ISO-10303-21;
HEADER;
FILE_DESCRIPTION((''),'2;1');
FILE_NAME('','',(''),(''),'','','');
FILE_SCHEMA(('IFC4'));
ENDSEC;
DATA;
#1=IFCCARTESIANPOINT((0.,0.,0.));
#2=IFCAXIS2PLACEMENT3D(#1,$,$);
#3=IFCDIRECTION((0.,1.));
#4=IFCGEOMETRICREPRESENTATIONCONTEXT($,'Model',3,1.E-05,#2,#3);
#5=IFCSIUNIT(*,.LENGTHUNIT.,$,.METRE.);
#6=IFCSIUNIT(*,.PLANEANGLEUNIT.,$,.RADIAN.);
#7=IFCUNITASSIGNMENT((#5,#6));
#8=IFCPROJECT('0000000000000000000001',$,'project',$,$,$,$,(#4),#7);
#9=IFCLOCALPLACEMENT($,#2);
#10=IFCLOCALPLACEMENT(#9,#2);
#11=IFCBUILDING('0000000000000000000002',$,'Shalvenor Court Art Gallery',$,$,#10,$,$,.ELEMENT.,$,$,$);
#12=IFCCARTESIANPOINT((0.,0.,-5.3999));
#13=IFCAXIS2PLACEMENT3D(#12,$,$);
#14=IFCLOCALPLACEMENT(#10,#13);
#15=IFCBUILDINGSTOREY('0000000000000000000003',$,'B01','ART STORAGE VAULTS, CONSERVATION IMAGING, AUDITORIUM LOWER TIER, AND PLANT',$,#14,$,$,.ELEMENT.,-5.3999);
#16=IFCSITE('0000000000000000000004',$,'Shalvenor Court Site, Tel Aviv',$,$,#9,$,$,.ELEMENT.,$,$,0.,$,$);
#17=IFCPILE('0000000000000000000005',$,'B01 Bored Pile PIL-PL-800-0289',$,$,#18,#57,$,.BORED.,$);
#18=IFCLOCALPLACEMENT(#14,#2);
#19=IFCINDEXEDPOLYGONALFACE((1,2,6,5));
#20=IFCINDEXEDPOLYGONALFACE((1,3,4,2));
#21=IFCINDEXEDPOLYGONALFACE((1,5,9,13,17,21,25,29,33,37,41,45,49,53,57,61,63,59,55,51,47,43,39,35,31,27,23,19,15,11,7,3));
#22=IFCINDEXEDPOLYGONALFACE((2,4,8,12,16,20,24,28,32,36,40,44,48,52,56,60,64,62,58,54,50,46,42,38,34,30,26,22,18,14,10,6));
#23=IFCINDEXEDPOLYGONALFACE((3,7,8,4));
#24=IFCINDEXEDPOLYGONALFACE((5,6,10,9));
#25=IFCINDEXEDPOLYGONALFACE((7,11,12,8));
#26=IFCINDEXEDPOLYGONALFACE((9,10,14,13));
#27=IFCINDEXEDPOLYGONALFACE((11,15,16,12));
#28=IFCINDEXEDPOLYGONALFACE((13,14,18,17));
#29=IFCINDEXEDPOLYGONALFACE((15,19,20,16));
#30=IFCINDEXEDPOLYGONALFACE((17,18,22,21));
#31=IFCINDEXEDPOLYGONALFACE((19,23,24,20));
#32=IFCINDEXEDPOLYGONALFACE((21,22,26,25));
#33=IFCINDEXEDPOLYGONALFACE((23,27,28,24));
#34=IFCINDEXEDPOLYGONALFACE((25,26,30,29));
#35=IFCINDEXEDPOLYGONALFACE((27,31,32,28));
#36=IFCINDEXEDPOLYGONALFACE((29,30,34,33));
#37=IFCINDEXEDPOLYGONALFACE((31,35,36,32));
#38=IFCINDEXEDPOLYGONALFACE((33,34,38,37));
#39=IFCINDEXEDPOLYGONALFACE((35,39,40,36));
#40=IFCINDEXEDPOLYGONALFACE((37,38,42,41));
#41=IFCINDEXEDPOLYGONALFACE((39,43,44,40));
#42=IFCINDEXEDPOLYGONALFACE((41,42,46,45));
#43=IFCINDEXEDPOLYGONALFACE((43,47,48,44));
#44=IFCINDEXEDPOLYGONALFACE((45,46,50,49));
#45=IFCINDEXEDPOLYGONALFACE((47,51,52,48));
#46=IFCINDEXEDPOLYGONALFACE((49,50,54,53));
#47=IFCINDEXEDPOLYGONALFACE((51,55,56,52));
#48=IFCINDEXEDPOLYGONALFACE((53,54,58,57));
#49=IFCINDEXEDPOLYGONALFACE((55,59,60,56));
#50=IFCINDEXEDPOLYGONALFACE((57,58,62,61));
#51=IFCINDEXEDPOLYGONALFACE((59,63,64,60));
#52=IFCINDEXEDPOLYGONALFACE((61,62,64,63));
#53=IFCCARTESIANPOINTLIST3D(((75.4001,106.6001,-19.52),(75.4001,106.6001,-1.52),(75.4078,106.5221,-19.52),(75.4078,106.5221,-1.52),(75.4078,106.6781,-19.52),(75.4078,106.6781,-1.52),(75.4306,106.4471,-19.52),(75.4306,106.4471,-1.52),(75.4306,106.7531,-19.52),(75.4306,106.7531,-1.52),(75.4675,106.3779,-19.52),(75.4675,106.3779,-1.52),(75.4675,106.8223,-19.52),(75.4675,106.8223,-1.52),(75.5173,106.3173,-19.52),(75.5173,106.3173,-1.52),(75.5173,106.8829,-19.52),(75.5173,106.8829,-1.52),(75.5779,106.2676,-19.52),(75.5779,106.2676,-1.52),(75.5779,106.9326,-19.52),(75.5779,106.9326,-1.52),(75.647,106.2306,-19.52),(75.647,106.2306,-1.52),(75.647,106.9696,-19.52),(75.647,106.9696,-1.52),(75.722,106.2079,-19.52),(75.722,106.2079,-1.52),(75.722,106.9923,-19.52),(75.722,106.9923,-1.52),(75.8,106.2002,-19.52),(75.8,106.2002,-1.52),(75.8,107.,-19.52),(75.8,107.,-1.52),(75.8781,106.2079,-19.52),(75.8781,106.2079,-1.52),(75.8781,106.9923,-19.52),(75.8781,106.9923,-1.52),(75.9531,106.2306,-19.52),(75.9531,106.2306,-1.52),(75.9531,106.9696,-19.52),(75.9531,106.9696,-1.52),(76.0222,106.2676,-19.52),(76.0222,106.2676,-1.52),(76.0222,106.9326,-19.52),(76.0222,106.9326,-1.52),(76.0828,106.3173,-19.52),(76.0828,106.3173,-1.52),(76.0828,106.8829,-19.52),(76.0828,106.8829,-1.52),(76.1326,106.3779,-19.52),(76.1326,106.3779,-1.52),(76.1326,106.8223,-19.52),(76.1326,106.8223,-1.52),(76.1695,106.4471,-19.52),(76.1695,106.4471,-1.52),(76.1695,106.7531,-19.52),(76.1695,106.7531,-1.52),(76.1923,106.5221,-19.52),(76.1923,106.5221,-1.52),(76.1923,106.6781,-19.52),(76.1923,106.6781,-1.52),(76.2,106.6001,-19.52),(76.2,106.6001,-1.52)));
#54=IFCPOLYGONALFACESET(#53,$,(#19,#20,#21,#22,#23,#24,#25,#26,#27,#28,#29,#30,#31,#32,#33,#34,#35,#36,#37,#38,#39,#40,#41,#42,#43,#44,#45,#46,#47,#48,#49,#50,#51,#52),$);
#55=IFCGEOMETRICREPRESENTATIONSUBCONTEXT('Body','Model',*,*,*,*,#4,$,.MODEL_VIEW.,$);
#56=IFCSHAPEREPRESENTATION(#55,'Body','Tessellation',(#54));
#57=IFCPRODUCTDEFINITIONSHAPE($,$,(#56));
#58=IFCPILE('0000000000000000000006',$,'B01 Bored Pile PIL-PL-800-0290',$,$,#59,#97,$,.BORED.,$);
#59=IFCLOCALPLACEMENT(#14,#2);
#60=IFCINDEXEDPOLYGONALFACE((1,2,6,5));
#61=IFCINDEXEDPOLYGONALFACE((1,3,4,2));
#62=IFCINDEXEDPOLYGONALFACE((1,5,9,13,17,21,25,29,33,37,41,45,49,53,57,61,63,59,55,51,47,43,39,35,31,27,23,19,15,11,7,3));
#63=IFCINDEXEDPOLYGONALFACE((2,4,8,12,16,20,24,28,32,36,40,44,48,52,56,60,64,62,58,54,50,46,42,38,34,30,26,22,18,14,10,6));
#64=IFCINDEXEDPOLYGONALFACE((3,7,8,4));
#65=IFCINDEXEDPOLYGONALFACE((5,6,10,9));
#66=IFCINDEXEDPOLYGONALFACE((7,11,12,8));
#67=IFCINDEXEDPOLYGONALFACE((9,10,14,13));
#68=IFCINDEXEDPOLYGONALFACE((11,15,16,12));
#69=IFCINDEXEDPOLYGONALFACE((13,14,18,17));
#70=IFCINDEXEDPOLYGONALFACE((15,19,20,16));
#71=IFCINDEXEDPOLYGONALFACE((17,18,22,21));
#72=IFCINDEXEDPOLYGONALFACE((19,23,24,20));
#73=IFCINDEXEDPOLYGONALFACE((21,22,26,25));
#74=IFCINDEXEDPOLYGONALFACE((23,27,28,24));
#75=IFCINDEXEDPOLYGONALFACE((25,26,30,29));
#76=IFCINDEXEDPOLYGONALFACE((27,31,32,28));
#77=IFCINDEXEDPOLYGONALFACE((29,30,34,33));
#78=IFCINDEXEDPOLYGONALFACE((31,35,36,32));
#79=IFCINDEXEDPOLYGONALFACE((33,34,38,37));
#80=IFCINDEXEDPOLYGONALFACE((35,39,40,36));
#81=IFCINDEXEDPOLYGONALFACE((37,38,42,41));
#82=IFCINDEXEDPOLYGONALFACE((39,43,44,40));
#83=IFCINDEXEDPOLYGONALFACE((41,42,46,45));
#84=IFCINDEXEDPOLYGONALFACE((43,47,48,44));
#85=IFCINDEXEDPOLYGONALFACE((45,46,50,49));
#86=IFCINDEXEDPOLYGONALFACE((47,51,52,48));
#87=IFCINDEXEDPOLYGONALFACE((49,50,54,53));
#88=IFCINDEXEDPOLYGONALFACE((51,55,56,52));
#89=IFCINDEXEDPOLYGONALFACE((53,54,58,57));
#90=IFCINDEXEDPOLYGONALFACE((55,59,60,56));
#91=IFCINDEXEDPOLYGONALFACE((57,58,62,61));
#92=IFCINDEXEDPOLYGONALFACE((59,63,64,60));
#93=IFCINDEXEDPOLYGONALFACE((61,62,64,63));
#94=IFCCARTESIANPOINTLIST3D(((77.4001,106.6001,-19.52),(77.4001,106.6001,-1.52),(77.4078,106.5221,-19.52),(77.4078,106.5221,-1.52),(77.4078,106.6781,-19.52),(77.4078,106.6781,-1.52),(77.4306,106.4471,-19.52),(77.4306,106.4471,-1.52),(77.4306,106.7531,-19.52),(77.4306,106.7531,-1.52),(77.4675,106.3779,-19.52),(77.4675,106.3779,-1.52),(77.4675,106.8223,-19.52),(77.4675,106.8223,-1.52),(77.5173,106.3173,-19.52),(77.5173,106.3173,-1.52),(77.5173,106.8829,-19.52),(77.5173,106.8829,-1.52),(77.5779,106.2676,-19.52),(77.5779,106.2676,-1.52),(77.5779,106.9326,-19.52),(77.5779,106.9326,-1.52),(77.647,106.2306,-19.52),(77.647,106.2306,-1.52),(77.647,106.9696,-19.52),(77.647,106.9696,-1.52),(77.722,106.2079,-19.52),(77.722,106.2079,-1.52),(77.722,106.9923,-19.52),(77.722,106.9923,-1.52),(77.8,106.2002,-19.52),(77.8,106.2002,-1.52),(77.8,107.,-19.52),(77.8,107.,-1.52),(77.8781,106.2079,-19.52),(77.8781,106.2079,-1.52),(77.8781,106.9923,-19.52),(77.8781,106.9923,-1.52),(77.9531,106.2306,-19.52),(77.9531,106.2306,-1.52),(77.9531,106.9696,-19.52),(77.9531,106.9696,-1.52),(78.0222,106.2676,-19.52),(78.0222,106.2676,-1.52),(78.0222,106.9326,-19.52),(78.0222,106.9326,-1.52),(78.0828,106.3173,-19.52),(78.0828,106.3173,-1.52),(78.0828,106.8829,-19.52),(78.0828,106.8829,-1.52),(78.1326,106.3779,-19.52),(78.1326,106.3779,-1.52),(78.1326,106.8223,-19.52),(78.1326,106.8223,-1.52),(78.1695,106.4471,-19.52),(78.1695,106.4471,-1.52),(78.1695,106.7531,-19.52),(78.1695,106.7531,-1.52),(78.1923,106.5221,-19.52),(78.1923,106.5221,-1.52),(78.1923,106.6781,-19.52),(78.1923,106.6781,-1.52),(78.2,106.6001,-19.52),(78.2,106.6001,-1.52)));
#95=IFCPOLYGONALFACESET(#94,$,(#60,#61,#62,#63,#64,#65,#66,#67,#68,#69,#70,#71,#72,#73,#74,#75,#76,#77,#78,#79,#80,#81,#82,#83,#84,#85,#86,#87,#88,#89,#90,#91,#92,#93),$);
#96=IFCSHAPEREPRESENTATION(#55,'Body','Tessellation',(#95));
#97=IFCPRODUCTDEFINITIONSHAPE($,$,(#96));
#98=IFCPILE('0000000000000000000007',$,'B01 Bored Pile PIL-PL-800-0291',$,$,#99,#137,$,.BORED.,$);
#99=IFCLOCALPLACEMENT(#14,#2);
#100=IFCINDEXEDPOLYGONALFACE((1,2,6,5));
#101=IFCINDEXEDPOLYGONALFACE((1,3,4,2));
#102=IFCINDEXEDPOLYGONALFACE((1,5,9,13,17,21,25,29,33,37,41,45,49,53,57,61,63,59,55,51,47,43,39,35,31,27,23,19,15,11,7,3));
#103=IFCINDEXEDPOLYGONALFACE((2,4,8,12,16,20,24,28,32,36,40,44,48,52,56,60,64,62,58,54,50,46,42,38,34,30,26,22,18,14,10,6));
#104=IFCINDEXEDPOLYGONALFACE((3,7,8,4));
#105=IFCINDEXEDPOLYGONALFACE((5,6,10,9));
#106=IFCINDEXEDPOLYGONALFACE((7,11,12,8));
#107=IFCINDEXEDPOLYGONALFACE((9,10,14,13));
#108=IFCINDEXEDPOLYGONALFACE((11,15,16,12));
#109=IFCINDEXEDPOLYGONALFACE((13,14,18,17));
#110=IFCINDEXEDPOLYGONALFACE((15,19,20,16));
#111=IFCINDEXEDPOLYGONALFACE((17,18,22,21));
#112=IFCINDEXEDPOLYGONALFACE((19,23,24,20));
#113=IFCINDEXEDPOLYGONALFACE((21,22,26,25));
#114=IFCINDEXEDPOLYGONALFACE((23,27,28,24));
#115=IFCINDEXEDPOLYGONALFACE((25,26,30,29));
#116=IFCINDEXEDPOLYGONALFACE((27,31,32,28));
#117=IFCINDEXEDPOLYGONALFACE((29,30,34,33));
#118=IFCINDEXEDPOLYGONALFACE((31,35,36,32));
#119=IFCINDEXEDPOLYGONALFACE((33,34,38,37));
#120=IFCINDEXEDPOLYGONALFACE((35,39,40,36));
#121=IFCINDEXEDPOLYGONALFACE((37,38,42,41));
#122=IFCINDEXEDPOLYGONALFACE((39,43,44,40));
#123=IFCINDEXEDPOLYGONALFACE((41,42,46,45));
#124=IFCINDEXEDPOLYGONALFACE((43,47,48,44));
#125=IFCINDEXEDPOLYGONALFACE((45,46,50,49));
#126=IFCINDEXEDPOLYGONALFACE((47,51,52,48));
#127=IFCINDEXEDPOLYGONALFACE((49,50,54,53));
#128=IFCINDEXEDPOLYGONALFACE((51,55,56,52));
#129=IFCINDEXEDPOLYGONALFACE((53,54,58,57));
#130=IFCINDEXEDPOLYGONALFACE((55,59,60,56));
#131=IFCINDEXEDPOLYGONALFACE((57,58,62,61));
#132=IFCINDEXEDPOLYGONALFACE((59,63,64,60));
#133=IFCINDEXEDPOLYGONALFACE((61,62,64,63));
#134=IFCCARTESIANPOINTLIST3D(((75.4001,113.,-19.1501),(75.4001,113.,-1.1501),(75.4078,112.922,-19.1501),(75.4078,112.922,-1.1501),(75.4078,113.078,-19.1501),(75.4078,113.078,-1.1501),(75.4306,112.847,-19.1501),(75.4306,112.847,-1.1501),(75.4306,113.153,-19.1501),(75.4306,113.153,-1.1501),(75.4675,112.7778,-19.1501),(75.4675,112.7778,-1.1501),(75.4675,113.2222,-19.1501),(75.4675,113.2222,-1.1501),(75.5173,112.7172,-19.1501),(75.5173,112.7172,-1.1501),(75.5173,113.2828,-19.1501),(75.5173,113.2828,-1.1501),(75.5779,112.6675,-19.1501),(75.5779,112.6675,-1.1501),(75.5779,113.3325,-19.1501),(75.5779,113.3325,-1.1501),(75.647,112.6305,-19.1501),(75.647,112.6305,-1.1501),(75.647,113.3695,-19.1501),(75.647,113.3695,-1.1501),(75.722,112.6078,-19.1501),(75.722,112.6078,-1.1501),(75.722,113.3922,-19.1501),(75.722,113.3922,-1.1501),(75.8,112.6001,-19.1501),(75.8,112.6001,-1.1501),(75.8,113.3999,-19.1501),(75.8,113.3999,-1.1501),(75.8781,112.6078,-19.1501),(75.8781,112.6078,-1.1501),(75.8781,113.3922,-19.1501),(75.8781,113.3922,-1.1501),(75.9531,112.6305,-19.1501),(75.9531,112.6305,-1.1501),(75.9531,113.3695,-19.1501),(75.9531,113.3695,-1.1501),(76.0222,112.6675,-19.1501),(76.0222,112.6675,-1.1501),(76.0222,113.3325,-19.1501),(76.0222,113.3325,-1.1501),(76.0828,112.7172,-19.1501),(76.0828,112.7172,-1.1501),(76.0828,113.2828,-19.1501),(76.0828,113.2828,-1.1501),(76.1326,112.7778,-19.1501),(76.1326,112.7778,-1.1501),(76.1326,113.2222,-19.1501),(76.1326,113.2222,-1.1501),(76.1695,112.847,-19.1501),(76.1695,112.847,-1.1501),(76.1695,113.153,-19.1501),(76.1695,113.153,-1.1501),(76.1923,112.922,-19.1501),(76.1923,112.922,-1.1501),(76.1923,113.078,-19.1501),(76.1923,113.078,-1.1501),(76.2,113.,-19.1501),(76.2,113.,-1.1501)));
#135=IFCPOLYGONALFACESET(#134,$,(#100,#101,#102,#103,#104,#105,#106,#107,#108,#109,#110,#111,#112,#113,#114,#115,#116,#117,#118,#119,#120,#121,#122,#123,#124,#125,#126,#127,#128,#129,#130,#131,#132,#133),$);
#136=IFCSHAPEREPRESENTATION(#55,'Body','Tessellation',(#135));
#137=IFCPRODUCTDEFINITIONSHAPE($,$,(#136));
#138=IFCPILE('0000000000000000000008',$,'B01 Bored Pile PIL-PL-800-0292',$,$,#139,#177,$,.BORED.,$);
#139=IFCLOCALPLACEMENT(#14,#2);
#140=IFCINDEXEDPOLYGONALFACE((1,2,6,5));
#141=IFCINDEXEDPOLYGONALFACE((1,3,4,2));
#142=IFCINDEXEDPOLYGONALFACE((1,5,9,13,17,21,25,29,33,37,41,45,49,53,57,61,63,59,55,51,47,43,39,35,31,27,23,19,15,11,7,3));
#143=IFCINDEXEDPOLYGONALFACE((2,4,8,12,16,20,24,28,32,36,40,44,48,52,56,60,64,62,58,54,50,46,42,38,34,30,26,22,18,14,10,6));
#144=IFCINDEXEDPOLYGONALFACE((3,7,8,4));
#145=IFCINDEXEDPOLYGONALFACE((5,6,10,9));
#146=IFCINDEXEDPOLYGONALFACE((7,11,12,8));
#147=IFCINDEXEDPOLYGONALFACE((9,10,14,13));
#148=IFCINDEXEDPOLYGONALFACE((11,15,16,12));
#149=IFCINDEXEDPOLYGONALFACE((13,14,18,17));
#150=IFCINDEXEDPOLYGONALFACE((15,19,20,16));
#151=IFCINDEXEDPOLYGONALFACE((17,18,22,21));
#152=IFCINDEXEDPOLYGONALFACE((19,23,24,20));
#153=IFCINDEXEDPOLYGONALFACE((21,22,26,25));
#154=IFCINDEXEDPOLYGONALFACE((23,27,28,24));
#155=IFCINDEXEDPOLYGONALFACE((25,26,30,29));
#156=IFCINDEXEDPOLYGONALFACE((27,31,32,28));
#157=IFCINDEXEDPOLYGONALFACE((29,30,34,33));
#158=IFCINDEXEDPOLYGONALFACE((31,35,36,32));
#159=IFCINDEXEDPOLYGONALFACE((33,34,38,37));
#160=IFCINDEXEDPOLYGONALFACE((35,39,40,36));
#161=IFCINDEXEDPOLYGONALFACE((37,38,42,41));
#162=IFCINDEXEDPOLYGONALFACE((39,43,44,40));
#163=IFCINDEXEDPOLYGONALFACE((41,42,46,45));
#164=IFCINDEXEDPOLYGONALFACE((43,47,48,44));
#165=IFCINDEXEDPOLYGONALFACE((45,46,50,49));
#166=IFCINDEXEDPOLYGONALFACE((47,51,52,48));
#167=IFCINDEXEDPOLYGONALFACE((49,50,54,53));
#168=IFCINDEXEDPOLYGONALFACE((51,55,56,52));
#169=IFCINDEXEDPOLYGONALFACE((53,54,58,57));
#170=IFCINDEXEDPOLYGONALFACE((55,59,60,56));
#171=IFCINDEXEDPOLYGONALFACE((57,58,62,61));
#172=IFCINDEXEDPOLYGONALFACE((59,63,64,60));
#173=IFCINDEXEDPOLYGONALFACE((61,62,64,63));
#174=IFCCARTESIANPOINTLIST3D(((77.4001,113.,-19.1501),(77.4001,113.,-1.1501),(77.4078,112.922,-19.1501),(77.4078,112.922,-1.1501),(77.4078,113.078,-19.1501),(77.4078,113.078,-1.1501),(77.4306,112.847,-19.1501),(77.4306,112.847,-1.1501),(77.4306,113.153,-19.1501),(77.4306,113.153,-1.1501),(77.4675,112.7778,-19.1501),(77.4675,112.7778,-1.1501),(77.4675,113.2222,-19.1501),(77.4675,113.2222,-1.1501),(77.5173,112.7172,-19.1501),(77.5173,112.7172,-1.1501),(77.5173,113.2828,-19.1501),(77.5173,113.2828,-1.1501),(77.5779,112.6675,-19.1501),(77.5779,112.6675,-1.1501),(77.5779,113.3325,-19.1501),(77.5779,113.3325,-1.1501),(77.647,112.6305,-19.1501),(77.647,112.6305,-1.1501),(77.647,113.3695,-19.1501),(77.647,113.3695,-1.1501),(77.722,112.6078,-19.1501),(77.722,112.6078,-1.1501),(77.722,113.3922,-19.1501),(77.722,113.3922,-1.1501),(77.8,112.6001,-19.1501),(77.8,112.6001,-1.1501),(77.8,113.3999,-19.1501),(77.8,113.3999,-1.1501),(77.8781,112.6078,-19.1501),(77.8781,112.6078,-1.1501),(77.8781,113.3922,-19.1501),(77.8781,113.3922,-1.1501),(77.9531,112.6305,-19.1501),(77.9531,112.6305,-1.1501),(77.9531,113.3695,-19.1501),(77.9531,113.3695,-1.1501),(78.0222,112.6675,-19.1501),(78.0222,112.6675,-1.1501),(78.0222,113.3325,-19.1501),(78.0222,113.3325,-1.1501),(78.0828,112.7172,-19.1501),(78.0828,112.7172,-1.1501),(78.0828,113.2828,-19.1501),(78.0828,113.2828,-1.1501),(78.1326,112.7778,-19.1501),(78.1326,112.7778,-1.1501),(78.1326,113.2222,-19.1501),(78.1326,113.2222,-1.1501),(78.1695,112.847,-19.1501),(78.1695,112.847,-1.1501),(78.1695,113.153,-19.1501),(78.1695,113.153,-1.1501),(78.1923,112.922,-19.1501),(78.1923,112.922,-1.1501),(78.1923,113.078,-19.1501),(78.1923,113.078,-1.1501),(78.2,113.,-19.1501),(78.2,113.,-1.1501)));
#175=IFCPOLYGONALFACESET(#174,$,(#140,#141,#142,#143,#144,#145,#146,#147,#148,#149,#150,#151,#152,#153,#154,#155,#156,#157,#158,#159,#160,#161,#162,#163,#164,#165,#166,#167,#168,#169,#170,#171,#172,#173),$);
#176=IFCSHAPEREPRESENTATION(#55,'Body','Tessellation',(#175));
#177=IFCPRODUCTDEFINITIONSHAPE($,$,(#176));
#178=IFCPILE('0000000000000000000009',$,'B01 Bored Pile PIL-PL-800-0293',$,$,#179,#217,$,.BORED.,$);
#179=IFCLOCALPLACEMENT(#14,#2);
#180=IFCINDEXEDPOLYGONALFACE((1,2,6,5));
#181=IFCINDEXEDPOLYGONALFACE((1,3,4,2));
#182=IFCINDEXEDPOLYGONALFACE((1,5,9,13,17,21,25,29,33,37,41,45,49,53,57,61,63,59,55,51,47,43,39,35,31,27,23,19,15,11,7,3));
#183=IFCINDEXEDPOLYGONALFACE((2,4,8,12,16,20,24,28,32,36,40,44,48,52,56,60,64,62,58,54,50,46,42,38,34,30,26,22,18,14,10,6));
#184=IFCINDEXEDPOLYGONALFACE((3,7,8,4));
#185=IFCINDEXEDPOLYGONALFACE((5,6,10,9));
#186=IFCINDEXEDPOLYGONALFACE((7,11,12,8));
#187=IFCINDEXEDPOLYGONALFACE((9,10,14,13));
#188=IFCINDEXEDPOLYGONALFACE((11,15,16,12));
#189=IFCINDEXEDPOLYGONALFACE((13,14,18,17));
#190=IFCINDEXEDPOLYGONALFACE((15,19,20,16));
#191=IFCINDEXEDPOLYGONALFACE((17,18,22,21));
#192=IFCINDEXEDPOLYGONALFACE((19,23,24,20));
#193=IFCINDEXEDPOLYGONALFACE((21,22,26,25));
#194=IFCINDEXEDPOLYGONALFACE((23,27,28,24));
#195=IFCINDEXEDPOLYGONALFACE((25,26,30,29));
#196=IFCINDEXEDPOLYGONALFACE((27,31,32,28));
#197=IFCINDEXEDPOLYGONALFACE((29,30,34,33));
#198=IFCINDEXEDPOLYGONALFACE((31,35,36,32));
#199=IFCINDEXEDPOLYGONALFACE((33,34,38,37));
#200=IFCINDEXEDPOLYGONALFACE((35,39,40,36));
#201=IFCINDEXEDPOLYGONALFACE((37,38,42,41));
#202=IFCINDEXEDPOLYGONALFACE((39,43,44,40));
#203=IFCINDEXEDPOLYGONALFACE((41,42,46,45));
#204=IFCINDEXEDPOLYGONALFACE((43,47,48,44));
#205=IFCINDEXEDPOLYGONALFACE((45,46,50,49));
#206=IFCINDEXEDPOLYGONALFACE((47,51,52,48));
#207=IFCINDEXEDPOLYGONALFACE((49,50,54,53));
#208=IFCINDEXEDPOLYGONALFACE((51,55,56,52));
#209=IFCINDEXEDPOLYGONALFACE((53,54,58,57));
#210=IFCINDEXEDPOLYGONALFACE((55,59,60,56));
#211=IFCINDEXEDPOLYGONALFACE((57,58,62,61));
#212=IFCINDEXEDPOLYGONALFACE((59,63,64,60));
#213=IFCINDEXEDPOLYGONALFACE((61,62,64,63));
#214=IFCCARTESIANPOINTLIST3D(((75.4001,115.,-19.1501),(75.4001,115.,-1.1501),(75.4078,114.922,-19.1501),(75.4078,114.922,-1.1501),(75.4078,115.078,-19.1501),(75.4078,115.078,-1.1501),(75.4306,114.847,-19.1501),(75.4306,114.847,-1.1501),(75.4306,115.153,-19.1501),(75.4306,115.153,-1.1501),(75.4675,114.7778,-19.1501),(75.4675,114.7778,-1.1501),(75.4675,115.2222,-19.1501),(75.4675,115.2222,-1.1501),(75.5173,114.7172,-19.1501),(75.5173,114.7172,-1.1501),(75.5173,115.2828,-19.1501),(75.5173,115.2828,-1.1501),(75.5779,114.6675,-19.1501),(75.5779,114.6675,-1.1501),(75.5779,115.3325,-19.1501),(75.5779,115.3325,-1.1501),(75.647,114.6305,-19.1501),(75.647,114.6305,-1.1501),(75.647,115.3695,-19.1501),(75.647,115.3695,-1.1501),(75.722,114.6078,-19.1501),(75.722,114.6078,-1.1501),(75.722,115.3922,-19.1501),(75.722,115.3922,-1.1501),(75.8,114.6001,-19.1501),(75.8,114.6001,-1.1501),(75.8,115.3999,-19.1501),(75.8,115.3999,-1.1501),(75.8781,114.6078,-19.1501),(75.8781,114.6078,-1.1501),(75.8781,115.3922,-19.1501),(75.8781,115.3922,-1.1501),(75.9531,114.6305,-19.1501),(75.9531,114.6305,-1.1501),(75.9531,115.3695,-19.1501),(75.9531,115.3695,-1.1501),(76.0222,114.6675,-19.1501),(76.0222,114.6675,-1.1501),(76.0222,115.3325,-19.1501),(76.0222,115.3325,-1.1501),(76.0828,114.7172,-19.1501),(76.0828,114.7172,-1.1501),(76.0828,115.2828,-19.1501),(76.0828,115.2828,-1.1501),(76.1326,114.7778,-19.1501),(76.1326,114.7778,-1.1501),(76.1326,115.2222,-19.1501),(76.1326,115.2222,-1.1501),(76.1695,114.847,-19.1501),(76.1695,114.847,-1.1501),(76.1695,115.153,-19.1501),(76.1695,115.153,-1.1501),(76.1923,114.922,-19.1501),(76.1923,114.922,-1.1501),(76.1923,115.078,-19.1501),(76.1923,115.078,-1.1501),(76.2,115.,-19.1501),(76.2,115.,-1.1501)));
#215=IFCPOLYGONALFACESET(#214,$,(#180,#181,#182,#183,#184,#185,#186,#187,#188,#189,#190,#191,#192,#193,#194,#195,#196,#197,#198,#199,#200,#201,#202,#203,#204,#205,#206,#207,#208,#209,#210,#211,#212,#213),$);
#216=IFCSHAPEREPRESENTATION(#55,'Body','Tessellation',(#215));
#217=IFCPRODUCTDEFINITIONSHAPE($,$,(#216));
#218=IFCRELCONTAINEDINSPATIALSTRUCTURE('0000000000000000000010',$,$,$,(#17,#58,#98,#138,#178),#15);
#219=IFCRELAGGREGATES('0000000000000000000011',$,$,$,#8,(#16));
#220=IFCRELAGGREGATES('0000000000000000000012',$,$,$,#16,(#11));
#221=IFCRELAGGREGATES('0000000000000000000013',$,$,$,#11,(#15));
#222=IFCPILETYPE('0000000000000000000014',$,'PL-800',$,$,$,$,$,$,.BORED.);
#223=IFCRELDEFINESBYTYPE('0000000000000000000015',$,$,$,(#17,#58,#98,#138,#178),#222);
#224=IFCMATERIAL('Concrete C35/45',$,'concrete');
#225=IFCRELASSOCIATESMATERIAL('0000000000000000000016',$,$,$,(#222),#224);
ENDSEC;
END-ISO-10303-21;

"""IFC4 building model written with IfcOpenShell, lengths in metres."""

from ifc_helpers import new_model, si_unit, direction, frame, origin, origin_2d, place, context, subcontext, project, spatial, circle, extrude, material, material_profile, profile_set, type_object, element, save


model = new_model("IFC4")

# Units and contexts
model_context = context("Model", 3, precision=1e-05, world=origin(), true_north=direction((0.0, 1.0)))
body_context = subcontext(model_context, "Body", "Model", "MODEL_VIEW")
ifc_project = project(units=[si_unit("LENGTHUNIT", "METRE"), si_unit("PLANEANGLEUNIT", "RADIAN")], contexts=[model_context])

# Site, building, storey
site_placement = place(None, origin())
site = spatial("IfcSite", under=ifc_project, at=site_placement, Name="Shalvenor Court Site, Tel Aviv", CompositionType="ELEMENT", RefElevation=0.0)
building_placement = place(site_placement, origin())
building = spatial("IfcBuilding", under=site, at=building_placement, Name="Shalvenor Court Art Gallery", CompositionType="ELEMENT")
storey_placement = place(building_placement, frame((0.0, 0.0, -5.3999)))
storey = spatial("IfcBuildingStorey", under=building, at=storey_placement, Name="B01", Description="ART STORAGE VAULTS, CONSERVATION IMAGING, AUDITORIUM LOWER TIER, AND PLANT", CompositionType="ELEMENT", Elevation=-5.3999)

# Piles
ifc_material_1 = material(Name="Concrete C35/45", Category="concrete")
ifc_material_profile_1 = material_profile(ifc_material_1, circle(Radius=0.3999, at=origin_2d()), Name="PILE 800")
ifc_profile_set_1 = profile_set([ifc_material_profile_1], Name="Concrete C35/45")
pile_type_1 = type_object("IfcPileType", Name="PL-800", PredefinedType="BORED", material=ifc_profile_set_1)
for number, where, z_axis, x_axis, name in (
    (1, (75.8, 106.6001, -1.52), (0.0, 0.0, -1.0), (1.0, 0.0, 0.0), "B01 Bored Pile PIL-PL-800-0289"),
    (2, (77.8, 106.6001, -1.52), (0.0, 0.0, -1.0), (1.0, 0.0, 0.0), "B01 Bored Pile PIL-PL-800-0290"),
    (3, (75.8, 113.0, -1.1501), (0.0, 0.0, -1.0), (1.0, 0.0, 0.0), "B01 Bored Pile PIL-PL-800-0291"),
    (4, (77.8, 113.0, -1.1501), (0.0, 0.0, -1.0), (1.0, 0.0, 0.0), "B01 Bored Pile PIL-PL-800-0292"),
    (5, (75.8, 115.0, -1.1501), (0.0, 0.0, -1.0), (1.0, 0.0, 0.0), "B01 Bored Pile PIL-PL-800-0293"),
):
    element("IfcPile", number, at=place(storey_placement, frame(where, z_axis=z_axis, x_axis=x_axis)), inside=storey, type_object=pile_type_1, Name=name, PredefinedType="BORED", context=body_context, shape_type="SweptSolid", body=[
        extrude(circle(Radius=0.3999, at=origin_2d()), origin(), (0.0, 0.0, 1.0), 18.0),
    ])

save(model, "model.ifc")
